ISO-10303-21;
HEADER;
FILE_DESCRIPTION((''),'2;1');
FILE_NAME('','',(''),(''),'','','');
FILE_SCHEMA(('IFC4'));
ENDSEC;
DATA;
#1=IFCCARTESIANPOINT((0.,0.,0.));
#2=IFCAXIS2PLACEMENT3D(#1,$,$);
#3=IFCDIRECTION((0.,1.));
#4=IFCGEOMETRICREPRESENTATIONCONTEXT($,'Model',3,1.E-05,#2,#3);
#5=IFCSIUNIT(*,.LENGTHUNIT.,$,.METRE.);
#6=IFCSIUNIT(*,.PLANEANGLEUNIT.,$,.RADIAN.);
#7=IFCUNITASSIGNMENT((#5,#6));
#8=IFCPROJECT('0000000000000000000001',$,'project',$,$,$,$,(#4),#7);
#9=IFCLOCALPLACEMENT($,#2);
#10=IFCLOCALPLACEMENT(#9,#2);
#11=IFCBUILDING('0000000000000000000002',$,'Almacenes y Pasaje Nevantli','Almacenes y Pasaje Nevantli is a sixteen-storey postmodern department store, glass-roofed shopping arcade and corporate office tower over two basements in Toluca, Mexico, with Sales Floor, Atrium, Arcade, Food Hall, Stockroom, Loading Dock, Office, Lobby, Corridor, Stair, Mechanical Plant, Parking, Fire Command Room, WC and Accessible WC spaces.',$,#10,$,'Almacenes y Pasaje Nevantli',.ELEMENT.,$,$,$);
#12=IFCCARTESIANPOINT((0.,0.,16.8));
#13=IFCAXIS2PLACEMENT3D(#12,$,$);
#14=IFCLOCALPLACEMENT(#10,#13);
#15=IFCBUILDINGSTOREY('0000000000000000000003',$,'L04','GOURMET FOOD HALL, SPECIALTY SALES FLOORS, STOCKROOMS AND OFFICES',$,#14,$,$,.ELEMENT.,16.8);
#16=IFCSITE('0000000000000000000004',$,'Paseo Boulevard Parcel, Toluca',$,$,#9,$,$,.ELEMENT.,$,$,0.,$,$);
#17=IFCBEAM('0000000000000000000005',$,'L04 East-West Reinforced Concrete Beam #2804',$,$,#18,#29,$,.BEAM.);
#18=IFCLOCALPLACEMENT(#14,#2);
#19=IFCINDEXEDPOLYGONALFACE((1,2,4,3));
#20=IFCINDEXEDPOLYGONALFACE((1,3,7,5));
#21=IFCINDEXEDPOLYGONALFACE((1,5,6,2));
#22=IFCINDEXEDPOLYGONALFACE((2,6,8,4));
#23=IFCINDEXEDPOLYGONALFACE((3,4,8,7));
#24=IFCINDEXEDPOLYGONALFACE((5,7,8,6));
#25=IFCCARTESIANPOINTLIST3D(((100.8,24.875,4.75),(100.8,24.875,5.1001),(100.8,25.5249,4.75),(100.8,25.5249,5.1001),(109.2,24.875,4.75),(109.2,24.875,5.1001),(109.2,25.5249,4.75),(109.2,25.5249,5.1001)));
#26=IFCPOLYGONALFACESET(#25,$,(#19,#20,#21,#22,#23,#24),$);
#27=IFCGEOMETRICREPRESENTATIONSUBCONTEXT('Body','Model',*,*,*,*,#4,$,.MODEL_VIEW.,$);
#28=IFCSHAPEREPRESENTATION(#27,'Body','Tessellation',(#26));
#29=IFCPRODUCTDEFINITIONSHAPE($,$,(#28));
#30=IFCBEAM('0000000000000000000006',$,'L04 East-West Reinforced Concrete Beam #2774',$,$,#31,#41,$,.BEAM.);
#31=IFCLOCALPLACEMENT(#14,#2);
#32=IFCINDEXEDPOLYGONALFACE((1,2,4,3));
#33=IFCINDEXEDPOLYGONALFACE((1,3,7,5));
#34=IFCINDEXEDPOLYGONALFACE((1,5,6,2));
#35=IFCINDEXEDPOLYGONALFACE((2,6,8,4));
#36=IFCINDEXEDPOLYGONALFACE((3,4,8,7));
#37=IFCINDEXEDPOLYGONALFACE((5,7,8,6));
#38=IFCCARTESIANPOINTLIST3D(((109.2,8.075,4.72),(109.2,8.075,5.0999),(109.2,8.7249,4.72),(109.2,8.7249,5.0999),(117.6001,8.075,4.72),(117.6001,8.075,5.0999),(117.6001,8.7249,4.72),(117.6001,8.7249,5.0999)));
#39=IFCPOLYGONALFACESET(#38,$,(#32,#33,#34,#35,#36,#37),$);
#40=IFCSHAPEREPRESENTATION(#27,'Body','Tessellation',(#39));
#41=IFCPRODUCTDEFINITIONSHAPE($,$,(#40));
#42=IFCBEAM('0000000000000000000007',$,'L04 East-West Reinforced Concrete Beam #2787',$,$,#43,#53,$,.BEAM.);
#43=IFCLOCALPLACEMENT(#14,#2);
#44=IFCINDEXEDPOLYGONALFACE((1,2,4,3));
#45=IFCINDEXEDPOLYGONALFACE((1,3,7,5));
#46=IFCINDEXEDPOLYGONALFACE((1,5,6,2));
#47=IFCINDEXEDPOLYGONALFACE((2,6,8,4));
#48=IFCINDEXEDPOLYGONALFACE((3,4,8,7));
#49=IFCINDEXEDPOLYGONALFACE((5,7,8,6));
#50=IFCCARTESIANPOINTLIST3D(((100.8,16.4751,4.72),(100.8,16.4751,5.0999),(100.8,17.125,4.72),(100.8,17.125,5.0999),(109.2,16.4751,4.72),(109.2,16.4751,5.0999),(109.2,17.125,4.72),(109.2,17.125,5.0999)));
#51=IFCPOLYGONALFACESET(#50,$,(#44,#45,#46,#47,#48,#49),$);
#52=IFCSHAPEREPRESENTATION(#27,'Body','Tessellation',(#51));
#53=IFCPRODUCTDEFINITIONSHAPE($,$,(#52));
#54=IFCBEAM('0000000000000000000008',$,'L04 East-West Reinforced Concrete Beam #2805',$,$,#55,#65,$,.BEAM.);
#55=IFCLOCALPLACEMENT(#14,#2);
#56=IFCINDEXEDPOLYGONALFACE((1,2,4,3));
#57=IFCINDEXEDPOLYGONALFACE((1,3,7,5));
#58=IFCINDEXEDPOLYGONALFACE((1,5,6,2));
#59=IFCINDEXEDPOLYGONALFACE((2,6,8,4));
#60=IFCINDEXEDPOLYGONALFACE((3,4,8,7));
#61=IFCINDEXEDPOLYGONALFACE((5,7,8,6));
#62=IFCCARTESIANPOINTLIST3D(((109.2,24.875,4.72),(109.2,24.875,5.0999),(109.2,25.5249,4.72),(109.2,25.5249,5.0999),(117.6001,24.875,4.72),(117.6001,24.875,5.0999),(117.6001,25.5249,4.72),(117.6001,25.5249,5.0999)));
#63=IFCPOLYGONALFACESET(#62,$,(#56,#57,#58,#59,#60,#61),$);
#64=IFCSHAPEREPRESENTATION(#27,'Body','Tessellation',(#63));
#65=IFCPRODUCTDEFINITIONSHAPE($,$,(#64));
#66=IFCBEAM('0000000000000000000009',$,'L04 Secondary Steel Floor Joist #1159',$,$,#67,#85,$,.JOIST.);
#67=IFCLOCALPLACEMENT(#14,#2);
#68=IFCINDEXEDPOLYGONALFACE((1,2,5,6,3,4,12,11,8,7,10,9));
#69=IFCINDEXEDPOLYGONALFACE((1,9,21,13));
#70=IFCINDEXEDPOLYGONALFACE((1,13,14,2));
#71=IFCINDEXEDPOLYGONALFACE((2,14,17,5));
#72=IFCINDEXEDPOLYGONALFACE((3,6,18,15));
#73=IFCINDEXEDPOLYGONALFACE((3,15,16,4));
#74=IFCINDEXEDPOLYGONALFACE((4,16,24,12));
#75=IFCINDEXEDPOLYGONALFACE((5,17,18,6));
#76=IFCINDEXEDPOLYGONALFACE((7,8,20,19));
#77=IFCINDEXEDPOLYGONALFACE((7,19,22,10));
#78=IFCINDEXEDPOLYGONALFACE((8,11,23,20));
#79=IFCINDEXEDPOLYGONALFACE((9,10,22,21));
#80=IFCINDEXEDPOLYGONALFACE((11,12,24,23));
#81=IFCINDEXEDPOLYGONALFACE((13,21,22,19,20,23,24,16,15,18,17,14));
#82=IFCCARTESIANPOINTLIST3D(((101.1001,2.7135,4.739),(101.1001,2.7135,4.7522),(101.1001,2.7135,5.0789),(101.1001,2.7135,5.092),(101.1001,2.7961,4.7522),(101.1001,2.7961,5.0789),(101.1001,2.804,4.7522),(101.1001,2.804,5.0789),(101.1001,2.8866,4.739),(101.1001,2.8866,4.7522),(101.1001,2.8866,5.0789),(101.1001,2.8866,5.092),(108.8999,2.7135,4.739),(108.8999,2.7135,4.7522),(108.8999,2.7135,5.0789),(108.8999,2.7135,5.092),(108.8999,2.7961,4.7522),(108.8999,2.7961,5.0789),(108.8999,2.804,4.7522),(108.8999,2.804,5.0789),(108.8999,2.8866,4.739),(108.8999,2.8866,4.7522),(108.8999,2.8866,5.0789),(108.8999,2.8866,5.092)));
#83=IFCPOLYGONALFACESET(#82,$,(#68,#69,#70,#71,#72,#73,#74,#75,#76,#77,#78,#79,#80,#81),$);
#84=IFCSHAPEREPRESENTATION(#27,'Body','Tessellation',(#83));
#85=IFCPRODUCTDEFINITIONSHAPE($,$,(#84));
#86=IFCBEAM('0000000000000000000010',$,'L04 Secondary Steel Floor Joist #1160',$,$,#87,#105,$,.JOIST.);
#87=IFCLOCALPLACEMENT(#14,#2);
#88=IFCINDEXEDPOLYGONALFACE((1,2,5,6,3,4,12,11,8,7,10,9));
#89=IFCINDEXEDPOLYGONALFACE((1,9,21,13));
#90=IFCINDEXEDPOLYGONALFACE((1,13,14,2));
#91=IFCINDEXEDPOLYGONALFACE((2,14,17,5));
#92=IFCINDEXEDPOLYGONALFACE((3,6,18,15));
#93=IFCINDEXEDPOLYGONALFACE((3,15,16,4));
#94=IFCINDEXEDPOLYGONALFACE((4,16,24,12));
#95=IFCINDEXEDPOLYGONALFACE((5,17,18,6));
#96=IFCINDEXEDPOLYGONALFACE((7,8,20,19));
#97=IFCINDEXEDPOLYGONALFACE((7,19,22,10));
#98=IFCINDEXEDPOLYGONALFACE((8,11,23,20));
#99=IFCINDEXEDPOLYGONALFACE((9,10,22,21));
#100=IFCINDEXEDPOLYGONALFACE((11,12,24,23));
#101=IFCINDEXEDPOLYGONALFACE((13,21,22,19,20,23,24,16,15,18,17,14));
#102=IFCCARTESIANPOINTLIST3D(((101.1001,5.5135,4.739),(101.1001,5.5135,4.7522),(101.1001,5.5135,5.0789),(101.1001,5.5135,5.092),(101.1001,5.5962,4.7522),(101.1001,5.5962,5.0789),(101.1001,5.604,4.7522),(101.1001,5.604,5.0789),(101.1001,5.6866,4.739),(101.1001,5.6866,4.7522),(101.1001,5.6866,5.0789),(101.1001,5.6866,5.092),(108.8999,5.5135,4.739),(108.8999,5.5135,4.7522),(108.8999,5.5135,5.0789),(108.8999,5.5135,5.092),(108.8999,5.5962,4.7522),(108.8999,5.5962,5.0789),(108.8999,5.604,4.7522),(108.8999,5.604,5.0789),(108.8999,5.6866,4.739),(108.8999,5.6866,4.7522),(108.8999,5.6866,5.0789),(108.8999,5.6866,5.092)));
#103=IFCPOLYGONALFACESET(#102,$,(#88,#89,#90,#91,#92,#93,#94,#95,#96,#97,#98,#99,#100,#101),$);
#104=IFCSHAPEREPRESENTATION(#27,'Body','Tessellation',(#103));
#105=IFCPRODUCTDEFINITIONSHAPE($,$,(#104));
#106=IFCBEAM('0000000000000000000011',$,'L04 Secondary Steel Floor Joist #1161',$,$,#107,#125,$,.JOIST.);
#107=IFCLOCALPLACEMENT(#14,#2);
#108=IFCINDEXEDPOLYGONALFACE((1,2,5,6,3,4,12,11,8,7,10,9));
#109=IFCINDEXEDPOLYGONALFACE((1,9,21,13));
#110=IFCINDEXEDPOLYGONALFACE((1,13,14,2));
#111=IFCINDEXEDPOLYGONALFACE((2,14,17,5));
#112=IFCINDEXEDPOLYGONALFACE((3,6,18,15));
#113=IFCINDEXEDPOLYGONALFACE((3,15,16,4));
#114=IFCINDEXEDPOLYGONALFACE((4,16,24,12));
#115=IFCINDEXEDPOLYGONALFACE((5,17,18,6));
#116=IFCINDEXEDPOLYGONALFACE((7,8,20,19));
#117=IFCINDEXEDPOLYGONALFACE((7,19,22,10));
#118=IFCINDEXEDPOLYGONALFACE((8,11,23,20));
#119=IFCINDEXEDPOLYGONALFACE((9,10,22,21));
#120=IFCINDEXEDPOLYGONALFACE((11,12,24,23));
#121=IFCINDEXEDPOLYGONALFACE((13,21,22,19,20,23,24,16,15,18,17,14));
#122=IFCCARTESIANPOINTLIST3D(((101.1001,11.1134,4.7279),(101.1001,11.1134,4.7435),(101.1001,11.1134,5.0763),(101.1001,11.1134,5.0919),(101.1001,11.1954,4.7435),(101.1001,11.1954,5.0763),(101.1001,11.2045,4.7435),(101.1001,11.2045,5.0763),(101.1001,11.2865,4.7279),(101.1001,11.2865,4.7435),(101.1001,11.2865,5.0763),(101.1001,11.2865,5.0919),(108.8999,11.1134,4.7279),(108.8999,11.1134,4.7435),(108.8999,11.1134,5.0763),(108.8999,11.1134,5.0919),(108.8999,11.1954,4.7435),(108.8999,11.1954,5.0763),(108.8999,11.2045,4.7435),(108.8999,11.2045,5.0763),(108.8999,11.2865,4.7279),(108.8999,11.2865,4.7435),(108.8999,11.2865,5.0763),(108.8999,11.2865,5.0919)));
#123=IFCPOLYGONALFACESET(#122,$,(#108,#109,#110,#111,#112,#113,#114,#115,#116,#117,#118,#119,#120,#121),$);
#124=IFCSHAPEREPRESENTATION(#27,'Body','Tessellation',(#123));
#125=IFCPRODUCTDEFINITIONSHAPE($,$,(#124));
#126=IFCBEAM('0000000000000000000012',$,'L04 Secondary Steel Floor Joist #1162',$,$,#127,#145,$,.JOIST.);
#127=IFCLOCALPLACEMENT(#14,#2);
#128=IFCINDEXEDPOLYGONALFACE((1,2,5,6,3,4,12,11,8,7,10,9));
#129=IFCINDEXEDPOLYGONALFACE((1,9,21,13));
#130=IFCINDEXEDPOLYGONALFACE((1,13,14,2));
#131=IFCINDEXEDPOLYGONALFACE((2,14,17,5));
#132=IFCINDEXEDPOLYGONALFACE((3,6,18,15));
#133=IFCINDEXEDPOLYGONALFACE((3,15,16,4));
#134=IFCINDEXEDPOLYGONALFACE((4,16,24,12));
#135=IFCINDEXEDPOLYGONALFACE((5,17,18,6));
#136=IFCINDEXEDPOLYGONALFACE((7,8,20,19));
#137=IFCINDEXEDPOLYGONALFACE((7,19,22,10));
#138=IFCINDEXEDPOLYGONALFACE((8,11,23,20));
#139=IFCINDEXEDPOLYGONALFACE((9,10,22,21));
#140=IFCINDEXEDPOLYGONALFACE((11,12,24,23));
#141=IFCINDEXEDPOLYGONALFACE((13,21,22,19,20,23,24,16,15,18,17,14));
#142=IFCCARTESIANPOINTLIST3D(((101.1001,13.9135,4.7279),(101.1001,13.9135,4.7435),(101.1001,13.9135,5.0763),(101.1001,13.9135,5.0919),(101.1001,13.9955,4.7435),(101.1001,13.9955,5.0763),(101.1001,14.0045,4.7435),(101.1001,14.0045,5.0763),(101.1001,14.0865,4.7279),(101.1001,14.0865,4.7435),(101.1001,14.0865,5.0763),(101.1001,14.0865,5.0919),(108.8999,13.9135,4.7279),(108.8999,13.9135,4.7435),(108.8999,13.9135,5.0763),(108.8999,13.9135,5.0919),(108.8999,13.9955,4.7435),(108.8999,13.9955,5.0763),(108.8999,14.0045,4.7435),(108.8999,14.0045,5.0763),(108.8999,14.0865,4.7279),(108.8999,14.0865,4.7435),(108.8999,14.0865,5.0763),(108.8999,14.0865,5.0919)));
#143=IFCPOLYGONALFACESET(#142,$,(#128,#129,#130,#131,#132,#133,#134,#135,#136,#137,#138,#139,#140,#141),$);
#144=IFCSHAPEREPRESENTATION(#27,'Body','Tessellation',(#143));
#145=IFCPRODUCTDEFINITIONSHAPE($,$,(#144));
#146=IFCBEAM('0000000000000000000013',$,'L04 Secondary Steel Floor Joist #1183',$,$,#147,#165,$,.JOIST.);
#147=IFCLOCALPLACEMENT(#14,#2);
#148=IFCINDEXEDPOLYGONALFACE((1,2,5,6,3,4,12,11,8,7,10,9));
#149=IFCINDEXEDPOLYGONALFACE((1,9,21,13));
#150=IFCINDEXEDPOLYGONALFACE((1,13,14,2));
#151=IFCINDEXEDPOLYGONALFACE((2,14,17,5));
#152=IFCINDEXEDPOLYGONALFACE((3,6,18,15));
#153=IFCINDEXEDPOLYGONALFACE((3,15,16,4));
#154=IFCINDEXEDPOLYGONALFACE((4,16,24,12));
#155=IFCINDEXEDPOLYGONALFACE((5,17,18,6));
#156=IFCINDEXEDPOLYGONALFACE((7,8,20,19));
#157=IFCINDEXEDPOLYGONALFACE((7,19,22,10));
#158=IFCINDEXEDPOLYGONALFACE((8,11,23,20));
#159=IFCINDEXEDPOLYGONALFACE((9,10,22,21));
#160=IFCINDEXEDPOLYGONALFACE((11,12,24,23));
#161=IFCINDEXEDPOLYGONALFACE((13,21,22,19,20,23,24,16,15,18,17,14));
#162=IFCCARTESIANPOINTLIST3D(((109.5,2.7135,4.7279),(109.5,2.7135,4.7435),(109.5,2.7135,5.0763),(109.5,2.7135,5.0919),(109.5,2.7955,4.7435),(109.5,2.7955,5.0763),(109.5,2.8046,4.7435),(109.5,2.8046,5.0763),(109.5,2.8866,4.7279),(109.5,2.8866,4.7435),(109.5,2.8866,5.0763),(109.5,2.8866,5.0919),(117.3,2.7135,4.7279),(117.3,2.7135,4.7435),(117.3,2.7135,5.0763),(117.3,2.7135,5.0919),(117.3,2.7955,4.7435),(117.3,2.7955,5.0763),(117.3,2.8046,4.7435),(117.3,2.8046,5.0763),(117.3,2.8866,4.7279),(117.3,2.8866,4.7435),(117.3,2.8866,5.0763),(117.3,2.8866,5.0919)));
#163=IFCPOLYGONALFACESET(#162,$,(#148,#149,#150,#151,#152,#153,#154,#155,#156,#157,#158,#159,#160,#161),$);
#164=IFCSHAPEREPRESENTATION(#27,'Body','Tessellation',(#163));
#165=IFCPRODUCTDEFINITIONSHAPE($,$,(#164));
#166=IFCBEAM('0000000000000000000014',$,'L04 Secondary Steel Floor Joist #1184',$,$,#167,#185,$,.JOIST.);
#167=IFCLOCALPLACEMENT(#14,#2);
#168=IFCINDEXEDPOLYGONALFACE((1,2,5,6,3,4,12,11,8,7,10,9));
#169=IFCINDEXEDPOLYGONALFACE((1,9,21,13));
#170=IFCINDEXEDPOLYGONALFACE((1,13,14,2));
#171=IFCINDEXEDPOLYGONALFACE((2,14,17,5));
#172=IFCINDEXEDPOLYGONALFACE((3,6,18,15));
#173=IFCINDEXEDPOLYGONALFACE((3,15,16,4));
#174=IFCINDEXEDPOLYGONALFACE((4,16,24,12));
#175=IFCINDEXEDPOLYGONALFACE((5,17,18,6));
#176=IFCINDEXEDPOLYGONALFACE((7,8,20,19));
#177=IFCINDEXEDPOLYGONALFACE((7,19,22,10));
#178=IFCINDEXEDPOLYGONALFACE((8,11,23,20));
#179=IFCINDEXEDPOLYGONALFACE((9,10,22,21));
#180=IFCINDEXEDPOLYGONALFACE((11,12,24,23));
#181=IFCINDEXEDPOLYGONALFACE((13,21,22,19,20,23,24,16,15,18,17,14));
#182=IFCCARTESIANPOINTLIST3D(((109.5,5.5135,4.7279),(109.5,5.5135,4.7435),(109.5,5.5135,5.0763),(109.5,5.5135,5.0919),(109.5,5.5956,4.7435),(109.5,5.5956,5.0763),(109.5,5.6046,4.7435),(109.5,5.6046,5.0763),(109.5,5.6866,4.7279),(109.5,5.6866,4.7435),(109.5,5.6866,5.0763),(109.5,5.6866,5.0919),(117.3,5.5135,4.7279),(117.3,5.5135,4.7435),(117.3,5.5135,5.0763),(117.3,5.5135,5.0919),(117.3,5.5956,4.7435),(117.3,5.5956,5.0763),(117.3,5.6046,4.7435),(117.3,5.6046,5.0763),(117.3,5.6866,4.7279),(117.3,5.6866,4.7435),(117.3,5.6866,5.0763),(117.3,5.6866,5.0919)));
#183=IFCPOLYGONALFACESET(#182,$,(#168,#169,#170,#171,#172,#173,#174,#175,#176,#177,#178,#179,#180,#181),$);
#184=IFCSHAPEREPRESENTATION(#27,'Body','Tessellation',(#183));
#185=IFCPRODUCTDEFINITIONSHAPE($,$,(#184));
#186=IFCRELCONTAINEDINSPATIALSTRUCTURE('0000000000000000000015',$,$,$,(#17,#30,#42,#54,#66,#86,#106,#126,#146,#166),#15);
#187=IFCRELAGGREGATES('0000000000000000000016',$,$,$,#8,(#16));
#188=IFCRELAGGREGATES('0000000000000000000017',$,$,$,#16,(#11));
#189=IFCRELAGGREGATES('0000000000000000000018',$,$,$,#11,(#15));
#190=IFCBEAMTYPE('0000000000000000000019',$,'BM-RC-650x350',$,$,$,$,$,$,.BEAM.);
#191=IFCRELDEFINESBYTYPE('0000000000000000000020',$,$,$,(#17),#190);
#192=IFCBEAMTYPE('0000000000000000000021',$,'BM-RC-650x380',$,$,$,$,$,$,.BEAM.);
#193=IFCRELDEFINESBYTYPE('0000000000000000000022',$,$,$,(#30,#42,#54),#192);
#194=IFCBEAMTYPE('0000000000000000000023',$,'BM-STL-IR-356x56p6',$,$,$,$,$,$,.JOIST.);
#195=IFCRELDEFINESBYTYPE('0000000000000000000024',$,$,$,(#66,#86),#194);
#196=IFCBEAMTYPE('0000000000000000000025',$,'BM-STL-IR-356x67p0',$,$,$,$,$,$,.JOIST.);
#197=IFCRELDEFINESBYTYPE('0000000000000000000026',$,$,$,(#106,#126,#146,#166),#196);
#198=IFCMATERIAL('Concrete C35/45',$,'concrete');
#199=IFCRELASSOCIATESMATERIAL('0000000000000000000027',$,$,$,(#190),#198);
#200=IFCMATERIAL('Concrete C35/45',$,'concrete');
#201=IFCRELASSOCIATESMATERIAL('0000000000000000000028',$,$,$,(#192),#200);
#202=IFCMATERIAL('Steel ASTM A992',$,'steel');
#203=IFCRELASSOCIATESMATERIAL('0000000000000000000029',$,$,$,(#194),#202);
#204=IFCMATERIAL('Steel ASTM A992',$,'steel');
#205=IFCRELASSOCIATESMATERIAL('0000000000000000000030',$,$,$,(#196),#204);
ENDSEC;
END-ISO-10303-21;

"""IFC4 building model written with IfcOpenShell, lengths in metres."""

from ifc_helpers import new_model, si_unit, direction, frame, origin, origin_2d, place, context, subcontext, project, spatial, rectangle, i_section, extrude, material, material_profile, profile_set, type_object, element, save


model = new_model("IFC4")

# Units and contexts
model_context = context("Model", 3, precision=1e-05, world=origin(), true_north=direction((0.0, 1.0)))
body_context = subcontext(model_context, "Body", "Model", "MODEL_VIEW")
ifc_project = project(units=[si_unit("LENGTHUNIT", "METRE"), si_unit("PLANEANGLEUNIT", "RADIAN")], contexts=[model_context])

# Site, building, storey
site_placement = place(None, origin())
site = spatial("IfcSite", under=ifc_project, at=site_placement, Name="Paseo Boulevard Parcel, Toluca", CompositionType="ELEMENT", RefElevation=0.0)
building_placement = place(site_placement, origin())
building = spatial("IfcBuilding", under=site, at=building_placement, Name="Almacenes y Pasaje Nevantli", Description="Almacenes y Pasaje Nevantli is a sixteen-storey postmodern department store, glass-roofed shopping arcade and corporate office tower over two basements in Toluca, Mexico, with Sales Floor, Atrium, Arcade, Food Hall, Stockroom, Loading Dock, Office, Lobby, Corridor, Stair, Mechanical Plant, Parking, Fire Command Room, WC and Accessible WC spaces.", LongName="Almacenes y Pasaje Nevantli", CompositionType="ELEMENT")
storey_placement = place(building_placement, frame((0.0, 0.0, 16.8)))
storey = spatial("IfcBuildingStorey", under=building, at=storey_placement, Name="L04", Description="GOURMET FOOD HALL, SPECIALTY SALES FLOORS, STOCKROOMS AND OFFICES", CompositionType="ELEMENT", Elevation=16.8)

# Beams
ifc_material_1 = material(Name="Concrete C35/45", Category="concrete")
ifc_material_profile_1 = material_profile(ifc_material_1, rectangle(XDim=0.6499, YDim=0.3501, at=origin_2d()), Name="RC-BM-650x350")
ifc_profile_set_1 = profile_set([ifc_material_profile_1], Name="Concrete C35/45")
beam_type_1 = type_object("IfcBeamType", Name="BM-RC-650x350", PredefinedType="BEAM", material=ifc_profile_set_1)
beam_1_placement = place(storey_placement, frame((100.8, 25.2, 4.925), z_axis=(1.0, 0.0, 0.0), x_axis=(0.0, 1.0, 0.0)))
element("IfcBeam", 1, at=beam_1_placement, inside=storey, type_object=beam_type_1, Name="L04 East-West Reinforced Concrete Beam #2804", PredefinedType="BEAM", context=body_context, shape_type="SweptSolid", body=[
    extrude(rectangle(XDim=0.6499, YDim=0.3501, at=origin_2d()), origin(), (0.0, 0.0, 1.0), 8.3999),
])
ifc_material_2 = material(Name="Concrete C35/45", Category="concrete")
ifc_material_profile_2 = material_profile(ifc_material_2, rectangle(XDim=0.6499, YDim=0.3799, at=origin_2d()), Name="RC-BM-650x380")
ifc_profile_set_2 = profile_set([ifc_material_profile_2], Name="Concrete C35/45")
beam_type_2 = type_object("IfcBeamType", Name="BM-RC-650x380", PredefinedType="BEAM", material=ifc_profile_set_2)
beam_2_placement = place(storey_placement, frame((109.2, 8.3999, 4.9099), z_axis=(1.0, 0.0, 0.0), x_axis=(0.0, 1.0, 0.0)))
element("IfcBeam", 2, at=beam_2_placement, inside=storey, type_object=beam_type_2, Name="L04 East-West Reinforced Concrete Beam #2774", PredefinedType="BEAM", context=body_context, shape_type="SweptSolid", body=[
    extrude(rectangle(XDim=0.6499, YDim=0.3799, at=origin_2d()), origin(), (0.0, 0.0, 1.0), 8.4001),
])
beam_3_placement = place(storey_placement, frame((100.8, 16.8, 4.9099), z_axis=(1.0, 0.0, 0.0), x_axis=(0.0, 1.0, 0.0)))
element("IfcBeam", 3, at=beam_3_placement, inside=storey, type_object=beam_type_2, Name="L04 East-West Reinforced Concrete Beam #2787", PredefinedType="BEAM", context=body_context, shape_type="SweptSolid", body=[
    extrude(rectangle(XDim=0.6499, YDim=0.3799, at=origin_2d()), origin(), (0.0, 0.0, 1.0), 8.3999),
])
beam_4_placement = place(storey_placement, frame((109.2, 25.2, 4.9099), z_axis=(1.0, 0.0, 0.0), x_axis=(0.0, 1.0, 0.0)))
element("IfcBeam", 4, at=beam_4_placement, inside=storey, type_object=beam_type_2, Name="L04 East-West Reinforced Concrete Beam #2805", PredefinedType="BEAM", context=body_context, shape_type="SweptSolid", body=[
    extrude(rectangle(XDim=0.6499, YDim=0.3799, at=origin_2d()), origin(), (0.0, 0.0, 1.0), 8.4001),
])
ifc_material_3 = material(Name="Steel ASTM A992", Category="steel")
ifc_material_profile_3 = material_profile(ifc_material_3, i_section(OverallWidth=0.1731, OverallDepth=0.353, WebThickness=0.0078, FlangeThickness=0.0132, at=origin_2d()), Name="IR 356x56.6")
ifc_profile_set_3 = profile_set([ifc_material_profile_3], Name="Steel ASTM A992")
beam_type_3 = type_object("IfcBeamType", Name="BM-STL-IR-356x56p6", PredefinedType="JOIST", material=ifc_profile_set_3)
for number, where, z_axis, x_axis, name in (
    (5, (101.1001, 2.8, 4.9155), (1.0, 0.0, 0.0), (0.0, 1.0, 0.0), "L04 Secondary Steel Floor Joist #1159"),
    (6, (101.1001, 5.6001, 4.9155), (1.0, 0.0, 0.0), (0.0, 1.0, 0.0), "L04 Secondary Steel Floor Joist #1160"),
):
    element("IfcBeam", number, at=place(storey_placement, frame(where, z_axis=z_axis, x_axis=x_axis)), inside=storey, type_object=beam_type_3, Name=name, PredefinedType="JOIST", context=body_context, shape_type="SweptSolid", body=[
        extrude(i_section(OverallWidth=0.1731, OverallDepth=0.353, WebThickness=0.0078, FlangeThickness=0.0132, at=origin_2d()), origin(), (0.0, 0.0, 1.0), 7.7998),
    ])
ifc_material_4 = material(Name="Steel ASTM A992", Category="steel")
ifc_material_profile_4 = material_profile(ifc_material_4, i_section(OverallWidth=0.1731, OverallDepth=0.364, WebThickness=0.009, FlangeThickness=0.0156, at=origin_2d()), Name="IR 356x67.0")
ifc_profile_set_4 = profile_set([ifc_material_profile_4], Name="Steel ASTM A992")
beam_type_4 = type_object("IfcBeamType", Name="BM-STL-IR-356x67p0", PredefinedType="JOIST", material=ifc_profile_set_4)
for number, where, z_axis, x_axis, name in (
    (7, (101.1001, 11.2, 4.9099), (1.0, 0.0, 0.0), (0.0, 1.0, 0.0), "L04 Secondary Steel Floor Joist #1161"),
    (8, (101.1001, 14.0, 4.9099), (1.0, 0.0, 0.0), (0.0, 1.0, 0.0), "L04 Secondary Steel Floor Joist #1162"),
):
    element("IfcBeam", number, at=place(storey_placement, frame(where, z_axis=z_axis, x_axis=x_axis)), inside=storey, type_object=beam_type_4, Name=name, PredefinedType="JOIST", context=body_context, shape_type="SweptSolid", body=[
        extrude(i_section(OverallWidth=0.1731, OverallDepth=0.364, WebThickness=0.009, FlangeThickness=0.0156, at=origin_2d()), origin(), (0.0, 0.0, 1.0), 7.7998),
    ])
for number, where, z_axis, x_axis, name in (
    (9, (109.5, 2.8, 4.9099), (1.0, 0.0, 0.0), (0.0, 1.0, 0.0), "L04 Secondary Steel Floor Joist #1183"),
    (10, (109.5, 5.6001, 4.9099), (1.0, 0.0, 0.0), (0.0, 1.0, 0.0), "L04 Secondary Steel Floor Joist #1184"),
):
    element("IfcBeam", number, at=place(storey_placement, frame(where, z_axis=z_axis, x_axis=x_axis)), inside=storey, type_object=beam_type_4, Name=name, PredefinedType="JOIST", context=body_context, shape_type="SweptSolid", body=[
        extrude(i_section(OverallWidth=0.1731, OverallDepth=0.364, WebThickness=0.009, FlangeThickness=0.0156, at=origin_2d()), origin(), (0.0, 0.0, 1.0), 7.8),
    ])

save(model, "model.ifc")
